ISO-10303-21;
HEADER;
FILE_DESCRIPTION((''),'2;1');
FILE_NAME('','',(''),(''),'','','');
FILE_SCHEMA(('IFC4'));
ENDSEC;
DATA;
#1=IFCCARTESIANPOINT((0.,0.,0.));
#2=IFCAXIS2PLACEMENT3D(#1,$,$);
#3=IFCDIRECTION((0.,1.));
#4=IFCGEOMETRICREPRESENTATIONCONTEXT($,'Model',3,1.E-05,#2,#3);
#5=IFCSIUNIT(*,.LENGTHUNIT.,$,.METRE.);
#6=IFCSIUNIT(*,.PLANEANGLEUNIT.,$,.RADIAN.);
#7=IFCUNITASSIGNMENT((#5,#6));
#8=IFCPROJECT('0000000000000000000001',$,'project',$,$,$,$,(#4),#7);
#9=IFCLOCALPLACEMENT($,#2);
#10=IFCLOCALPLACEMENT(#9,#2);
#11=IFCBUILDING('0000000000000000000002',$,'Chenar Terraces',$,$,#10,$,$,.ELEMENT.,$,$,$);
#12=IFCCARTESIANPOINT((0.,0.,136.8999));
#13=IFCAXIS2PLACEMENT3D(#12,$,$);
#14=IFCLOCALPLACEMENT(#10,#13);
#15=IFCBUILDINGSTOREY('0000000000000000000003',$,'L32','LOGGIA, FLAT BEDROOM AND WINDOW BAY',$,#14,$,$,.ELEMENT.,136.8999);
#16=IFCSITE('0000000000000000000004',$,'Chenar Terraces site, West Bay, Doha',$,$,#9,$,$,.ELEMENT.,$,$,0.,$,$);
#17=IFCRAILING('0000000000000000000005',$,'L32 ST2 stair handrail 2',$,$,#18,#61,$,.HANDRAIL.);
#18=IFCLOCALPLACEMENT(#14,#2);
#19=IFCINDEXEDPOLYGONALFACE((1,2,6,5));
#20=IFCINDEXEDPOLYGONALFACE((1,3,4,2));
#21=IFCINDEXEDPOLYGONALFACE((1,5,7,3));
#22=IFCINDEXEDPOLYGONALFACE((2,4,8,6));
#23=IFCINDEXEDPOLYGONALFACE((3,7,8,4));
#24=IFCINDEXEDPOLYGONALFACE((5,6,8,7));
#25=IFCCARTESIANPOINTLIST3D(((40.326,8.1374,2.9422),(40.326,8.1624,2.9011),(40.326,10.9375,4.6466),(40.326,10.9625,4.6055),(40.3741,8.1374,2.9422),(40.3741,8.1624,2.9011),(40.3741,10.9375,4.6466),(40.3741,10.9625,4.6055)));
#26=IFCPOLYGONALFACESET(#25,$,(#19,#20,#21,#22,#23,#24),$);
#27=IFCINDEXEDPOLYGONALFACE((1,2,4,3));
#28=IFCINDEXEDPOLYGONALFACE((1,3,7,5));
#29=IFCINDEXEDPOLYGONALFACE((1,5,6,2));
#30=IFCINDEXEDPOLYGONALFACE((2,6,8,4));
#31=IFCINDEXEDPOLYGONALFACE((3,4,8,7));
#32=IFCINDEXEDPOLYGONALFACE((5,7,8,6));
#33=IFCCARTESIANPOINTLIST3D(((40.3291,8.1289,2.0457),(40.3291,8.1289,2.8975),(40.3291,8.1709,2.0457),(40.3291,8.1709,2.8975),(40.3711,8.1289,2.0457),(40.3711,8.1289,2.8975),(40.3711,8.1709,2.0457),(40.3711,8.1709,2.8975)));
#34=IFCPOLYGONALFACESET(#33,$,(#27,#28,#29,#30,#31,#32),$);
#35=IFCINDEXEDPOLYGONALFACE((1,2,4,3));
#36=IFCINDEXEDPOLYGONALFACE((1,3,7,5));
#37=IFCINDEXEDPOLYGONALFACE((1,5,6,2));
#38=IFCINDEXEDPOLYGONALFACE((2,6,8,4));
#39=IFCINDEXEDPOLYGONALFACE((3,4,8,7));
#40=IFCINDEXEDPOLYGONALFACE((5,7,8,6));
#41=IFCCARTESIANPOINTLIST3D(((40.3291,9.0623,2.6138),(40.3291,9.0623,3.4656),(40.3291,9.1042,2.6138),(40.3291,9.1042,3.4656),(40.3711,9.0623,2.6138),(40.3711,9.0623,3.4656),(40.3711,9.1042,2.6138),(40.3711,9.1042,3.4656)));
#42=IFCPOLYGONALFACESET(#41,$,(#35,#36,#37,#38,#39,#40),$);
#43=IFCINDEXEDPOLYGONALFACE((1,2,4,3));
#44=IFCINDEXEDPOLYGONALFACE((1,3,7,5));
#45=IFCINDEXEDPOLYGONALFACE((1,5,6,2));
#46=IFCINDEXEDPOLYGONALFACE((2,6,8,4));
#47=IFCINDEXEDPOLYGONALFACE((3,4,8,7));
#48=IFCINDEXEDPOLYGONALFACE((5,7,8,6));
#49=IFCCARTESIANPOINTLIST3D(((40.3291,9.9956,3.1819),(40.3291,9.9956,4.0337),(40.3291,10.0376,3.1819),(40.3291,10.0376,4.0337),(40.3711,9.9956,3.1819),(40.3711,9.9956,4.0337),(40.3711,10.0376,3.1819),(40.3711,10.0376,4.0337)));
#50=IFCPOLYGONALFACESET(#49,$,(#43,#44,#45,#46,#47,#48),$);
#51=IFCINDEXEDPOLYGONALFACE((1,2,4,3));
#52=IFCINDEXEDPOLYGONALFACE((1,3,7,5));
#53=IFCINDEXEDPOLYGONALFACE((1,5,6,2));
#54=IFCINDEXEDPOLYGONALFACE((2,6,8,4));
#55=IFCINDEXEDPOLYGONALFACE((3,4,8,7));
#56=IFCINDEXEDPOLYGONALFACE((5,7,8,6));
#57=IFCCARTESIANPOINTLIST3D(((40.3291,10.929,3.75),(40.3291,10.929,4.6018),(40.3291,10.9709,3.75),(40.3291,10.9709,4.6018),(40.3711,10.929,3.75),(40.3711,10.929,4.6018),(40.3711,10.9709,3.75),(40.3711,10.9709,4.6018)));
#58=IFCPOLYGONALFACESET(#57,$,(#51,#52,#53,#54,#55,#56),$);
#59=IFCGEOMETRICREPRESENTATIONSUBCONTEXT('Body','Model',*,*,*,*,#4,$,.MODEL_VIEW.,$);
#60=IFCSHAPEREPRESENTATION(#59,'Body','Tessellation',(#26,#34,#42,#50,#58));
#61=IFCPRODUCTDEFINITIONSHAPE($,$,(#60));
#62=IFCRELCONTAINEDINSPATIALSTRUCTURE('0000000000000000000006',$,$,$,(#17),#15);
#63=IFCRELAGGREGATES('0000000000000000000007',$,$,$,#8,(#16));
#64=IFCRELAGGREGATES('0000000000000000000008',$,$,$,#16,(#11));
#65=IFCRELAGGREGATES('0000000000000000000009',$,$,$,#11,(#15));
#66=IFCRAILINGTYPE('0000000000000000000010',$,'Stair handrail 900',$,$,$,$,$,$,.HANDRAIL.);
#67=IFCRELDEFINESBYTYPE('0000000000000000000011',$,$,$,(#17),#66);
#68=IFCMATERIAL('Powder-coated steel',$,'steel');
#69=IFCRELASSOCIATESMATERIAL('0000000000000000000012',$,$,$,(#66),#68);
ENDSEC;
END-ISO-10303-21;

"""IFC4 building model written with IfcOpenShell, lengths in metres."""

from ifc_helpers import new_model, si_unit, direction, frame, origin, origin_2d, place, context, subcontext, project, spatial, rectangle, extrude, material, type_object, element, save


model = new_model("IFC4")

# Units and contexts
model_context = context("Model", 3, precision=1e-05, world=origin(), true_north=direction((0.0, 1.0)))
body_context = subcontext(model_context, "Body", "Model", "MODEL_VIEW")
ifc_project = project(units=[si_unit("LENGTHUNIT", "METRE"), si_unit("PLANEANGLEUNIT", "RADIAN")], contexts=[model_context])

# Site, building, storey
site_placement = place(None, origin())
site = spatial("IfcSite", under=ifc_project, at=site_placement, Name="Chenar Terraces site, West Bay, Doha", CompositionType="ELEMENT", RefElevation=0.0)
building_placement = place(site_placement, origin())
building = spatial("IfcBuilding", under=site, at=building_placement, Name="Chenar Terraces", CompositionType="ELEMENT")
storey_placement = place(building_placement, frame((0.0, 0.0, 136.8999)))
storey = spatial("IfcBuildingStorey", under=building, at=storey_placement, Name="L32", Description="LOGGIA, FLAT BEDROOM AND WINDOW BAY", CompositionType="ELEMENT", Elevation=136.8999)

# Railing
ifc_material_1 = material(Name="Powder-coated steel", Category="steel")
railing_type_1 = type_object("IfcRailingType", Name="Stair handrail 900", PredefinedType="HANDRAIL", material=ifc_material_1)
railing_1_placement = place(storey_placement, frame((40.3501, 8.1499, 2.0457)))
element("IfcRailing", 1, at=railing_1_placement, inside=storey, type_object=railing_type_1, Name="L32 ST2 stair handrail 2", PredefinedType="HANDRAIL", context=body_context, shape_type="SweptSolid", body=[
    extrude(rectangle(XDim=0.0481, YDim=0.0481, at=origin_2d()), frame((0.0, 0.0, 0.876), z_axis=(0.0, 0.854203, 0.51994), x_axis=(-1.0, 0.0, 0.0)), (0.0, 0.0, 1.0), 3.2781),
    extrude(rectangle(XDim=0.042, YDim=0.042, at=origin_2d()), origin(), (0.0, 0.0, 1.0), 0.8518),
    extrude(rectangle(XDim=0.042, YDim=0.042, at=origin_2d()), frame((0.0, 0.9333, 0.5681)), (0.0, 0.0, 1.0), 0.8518),
    extrude(rectangle(XDim=0.042, YDim=0.042, at=origin_2d()), frame((0.0, 1.8667, 1.1362)), (0.0, 0.0, 1.0), 0.8518),
    extrude(rectangle(XDim=0.042, YDim=0.042, at=origin_2d()), frame((0.0, 2.8, 1.7043)), (0.0, 0.0, 1.0), 0.8518),
])

save(model, "model.ifc")
